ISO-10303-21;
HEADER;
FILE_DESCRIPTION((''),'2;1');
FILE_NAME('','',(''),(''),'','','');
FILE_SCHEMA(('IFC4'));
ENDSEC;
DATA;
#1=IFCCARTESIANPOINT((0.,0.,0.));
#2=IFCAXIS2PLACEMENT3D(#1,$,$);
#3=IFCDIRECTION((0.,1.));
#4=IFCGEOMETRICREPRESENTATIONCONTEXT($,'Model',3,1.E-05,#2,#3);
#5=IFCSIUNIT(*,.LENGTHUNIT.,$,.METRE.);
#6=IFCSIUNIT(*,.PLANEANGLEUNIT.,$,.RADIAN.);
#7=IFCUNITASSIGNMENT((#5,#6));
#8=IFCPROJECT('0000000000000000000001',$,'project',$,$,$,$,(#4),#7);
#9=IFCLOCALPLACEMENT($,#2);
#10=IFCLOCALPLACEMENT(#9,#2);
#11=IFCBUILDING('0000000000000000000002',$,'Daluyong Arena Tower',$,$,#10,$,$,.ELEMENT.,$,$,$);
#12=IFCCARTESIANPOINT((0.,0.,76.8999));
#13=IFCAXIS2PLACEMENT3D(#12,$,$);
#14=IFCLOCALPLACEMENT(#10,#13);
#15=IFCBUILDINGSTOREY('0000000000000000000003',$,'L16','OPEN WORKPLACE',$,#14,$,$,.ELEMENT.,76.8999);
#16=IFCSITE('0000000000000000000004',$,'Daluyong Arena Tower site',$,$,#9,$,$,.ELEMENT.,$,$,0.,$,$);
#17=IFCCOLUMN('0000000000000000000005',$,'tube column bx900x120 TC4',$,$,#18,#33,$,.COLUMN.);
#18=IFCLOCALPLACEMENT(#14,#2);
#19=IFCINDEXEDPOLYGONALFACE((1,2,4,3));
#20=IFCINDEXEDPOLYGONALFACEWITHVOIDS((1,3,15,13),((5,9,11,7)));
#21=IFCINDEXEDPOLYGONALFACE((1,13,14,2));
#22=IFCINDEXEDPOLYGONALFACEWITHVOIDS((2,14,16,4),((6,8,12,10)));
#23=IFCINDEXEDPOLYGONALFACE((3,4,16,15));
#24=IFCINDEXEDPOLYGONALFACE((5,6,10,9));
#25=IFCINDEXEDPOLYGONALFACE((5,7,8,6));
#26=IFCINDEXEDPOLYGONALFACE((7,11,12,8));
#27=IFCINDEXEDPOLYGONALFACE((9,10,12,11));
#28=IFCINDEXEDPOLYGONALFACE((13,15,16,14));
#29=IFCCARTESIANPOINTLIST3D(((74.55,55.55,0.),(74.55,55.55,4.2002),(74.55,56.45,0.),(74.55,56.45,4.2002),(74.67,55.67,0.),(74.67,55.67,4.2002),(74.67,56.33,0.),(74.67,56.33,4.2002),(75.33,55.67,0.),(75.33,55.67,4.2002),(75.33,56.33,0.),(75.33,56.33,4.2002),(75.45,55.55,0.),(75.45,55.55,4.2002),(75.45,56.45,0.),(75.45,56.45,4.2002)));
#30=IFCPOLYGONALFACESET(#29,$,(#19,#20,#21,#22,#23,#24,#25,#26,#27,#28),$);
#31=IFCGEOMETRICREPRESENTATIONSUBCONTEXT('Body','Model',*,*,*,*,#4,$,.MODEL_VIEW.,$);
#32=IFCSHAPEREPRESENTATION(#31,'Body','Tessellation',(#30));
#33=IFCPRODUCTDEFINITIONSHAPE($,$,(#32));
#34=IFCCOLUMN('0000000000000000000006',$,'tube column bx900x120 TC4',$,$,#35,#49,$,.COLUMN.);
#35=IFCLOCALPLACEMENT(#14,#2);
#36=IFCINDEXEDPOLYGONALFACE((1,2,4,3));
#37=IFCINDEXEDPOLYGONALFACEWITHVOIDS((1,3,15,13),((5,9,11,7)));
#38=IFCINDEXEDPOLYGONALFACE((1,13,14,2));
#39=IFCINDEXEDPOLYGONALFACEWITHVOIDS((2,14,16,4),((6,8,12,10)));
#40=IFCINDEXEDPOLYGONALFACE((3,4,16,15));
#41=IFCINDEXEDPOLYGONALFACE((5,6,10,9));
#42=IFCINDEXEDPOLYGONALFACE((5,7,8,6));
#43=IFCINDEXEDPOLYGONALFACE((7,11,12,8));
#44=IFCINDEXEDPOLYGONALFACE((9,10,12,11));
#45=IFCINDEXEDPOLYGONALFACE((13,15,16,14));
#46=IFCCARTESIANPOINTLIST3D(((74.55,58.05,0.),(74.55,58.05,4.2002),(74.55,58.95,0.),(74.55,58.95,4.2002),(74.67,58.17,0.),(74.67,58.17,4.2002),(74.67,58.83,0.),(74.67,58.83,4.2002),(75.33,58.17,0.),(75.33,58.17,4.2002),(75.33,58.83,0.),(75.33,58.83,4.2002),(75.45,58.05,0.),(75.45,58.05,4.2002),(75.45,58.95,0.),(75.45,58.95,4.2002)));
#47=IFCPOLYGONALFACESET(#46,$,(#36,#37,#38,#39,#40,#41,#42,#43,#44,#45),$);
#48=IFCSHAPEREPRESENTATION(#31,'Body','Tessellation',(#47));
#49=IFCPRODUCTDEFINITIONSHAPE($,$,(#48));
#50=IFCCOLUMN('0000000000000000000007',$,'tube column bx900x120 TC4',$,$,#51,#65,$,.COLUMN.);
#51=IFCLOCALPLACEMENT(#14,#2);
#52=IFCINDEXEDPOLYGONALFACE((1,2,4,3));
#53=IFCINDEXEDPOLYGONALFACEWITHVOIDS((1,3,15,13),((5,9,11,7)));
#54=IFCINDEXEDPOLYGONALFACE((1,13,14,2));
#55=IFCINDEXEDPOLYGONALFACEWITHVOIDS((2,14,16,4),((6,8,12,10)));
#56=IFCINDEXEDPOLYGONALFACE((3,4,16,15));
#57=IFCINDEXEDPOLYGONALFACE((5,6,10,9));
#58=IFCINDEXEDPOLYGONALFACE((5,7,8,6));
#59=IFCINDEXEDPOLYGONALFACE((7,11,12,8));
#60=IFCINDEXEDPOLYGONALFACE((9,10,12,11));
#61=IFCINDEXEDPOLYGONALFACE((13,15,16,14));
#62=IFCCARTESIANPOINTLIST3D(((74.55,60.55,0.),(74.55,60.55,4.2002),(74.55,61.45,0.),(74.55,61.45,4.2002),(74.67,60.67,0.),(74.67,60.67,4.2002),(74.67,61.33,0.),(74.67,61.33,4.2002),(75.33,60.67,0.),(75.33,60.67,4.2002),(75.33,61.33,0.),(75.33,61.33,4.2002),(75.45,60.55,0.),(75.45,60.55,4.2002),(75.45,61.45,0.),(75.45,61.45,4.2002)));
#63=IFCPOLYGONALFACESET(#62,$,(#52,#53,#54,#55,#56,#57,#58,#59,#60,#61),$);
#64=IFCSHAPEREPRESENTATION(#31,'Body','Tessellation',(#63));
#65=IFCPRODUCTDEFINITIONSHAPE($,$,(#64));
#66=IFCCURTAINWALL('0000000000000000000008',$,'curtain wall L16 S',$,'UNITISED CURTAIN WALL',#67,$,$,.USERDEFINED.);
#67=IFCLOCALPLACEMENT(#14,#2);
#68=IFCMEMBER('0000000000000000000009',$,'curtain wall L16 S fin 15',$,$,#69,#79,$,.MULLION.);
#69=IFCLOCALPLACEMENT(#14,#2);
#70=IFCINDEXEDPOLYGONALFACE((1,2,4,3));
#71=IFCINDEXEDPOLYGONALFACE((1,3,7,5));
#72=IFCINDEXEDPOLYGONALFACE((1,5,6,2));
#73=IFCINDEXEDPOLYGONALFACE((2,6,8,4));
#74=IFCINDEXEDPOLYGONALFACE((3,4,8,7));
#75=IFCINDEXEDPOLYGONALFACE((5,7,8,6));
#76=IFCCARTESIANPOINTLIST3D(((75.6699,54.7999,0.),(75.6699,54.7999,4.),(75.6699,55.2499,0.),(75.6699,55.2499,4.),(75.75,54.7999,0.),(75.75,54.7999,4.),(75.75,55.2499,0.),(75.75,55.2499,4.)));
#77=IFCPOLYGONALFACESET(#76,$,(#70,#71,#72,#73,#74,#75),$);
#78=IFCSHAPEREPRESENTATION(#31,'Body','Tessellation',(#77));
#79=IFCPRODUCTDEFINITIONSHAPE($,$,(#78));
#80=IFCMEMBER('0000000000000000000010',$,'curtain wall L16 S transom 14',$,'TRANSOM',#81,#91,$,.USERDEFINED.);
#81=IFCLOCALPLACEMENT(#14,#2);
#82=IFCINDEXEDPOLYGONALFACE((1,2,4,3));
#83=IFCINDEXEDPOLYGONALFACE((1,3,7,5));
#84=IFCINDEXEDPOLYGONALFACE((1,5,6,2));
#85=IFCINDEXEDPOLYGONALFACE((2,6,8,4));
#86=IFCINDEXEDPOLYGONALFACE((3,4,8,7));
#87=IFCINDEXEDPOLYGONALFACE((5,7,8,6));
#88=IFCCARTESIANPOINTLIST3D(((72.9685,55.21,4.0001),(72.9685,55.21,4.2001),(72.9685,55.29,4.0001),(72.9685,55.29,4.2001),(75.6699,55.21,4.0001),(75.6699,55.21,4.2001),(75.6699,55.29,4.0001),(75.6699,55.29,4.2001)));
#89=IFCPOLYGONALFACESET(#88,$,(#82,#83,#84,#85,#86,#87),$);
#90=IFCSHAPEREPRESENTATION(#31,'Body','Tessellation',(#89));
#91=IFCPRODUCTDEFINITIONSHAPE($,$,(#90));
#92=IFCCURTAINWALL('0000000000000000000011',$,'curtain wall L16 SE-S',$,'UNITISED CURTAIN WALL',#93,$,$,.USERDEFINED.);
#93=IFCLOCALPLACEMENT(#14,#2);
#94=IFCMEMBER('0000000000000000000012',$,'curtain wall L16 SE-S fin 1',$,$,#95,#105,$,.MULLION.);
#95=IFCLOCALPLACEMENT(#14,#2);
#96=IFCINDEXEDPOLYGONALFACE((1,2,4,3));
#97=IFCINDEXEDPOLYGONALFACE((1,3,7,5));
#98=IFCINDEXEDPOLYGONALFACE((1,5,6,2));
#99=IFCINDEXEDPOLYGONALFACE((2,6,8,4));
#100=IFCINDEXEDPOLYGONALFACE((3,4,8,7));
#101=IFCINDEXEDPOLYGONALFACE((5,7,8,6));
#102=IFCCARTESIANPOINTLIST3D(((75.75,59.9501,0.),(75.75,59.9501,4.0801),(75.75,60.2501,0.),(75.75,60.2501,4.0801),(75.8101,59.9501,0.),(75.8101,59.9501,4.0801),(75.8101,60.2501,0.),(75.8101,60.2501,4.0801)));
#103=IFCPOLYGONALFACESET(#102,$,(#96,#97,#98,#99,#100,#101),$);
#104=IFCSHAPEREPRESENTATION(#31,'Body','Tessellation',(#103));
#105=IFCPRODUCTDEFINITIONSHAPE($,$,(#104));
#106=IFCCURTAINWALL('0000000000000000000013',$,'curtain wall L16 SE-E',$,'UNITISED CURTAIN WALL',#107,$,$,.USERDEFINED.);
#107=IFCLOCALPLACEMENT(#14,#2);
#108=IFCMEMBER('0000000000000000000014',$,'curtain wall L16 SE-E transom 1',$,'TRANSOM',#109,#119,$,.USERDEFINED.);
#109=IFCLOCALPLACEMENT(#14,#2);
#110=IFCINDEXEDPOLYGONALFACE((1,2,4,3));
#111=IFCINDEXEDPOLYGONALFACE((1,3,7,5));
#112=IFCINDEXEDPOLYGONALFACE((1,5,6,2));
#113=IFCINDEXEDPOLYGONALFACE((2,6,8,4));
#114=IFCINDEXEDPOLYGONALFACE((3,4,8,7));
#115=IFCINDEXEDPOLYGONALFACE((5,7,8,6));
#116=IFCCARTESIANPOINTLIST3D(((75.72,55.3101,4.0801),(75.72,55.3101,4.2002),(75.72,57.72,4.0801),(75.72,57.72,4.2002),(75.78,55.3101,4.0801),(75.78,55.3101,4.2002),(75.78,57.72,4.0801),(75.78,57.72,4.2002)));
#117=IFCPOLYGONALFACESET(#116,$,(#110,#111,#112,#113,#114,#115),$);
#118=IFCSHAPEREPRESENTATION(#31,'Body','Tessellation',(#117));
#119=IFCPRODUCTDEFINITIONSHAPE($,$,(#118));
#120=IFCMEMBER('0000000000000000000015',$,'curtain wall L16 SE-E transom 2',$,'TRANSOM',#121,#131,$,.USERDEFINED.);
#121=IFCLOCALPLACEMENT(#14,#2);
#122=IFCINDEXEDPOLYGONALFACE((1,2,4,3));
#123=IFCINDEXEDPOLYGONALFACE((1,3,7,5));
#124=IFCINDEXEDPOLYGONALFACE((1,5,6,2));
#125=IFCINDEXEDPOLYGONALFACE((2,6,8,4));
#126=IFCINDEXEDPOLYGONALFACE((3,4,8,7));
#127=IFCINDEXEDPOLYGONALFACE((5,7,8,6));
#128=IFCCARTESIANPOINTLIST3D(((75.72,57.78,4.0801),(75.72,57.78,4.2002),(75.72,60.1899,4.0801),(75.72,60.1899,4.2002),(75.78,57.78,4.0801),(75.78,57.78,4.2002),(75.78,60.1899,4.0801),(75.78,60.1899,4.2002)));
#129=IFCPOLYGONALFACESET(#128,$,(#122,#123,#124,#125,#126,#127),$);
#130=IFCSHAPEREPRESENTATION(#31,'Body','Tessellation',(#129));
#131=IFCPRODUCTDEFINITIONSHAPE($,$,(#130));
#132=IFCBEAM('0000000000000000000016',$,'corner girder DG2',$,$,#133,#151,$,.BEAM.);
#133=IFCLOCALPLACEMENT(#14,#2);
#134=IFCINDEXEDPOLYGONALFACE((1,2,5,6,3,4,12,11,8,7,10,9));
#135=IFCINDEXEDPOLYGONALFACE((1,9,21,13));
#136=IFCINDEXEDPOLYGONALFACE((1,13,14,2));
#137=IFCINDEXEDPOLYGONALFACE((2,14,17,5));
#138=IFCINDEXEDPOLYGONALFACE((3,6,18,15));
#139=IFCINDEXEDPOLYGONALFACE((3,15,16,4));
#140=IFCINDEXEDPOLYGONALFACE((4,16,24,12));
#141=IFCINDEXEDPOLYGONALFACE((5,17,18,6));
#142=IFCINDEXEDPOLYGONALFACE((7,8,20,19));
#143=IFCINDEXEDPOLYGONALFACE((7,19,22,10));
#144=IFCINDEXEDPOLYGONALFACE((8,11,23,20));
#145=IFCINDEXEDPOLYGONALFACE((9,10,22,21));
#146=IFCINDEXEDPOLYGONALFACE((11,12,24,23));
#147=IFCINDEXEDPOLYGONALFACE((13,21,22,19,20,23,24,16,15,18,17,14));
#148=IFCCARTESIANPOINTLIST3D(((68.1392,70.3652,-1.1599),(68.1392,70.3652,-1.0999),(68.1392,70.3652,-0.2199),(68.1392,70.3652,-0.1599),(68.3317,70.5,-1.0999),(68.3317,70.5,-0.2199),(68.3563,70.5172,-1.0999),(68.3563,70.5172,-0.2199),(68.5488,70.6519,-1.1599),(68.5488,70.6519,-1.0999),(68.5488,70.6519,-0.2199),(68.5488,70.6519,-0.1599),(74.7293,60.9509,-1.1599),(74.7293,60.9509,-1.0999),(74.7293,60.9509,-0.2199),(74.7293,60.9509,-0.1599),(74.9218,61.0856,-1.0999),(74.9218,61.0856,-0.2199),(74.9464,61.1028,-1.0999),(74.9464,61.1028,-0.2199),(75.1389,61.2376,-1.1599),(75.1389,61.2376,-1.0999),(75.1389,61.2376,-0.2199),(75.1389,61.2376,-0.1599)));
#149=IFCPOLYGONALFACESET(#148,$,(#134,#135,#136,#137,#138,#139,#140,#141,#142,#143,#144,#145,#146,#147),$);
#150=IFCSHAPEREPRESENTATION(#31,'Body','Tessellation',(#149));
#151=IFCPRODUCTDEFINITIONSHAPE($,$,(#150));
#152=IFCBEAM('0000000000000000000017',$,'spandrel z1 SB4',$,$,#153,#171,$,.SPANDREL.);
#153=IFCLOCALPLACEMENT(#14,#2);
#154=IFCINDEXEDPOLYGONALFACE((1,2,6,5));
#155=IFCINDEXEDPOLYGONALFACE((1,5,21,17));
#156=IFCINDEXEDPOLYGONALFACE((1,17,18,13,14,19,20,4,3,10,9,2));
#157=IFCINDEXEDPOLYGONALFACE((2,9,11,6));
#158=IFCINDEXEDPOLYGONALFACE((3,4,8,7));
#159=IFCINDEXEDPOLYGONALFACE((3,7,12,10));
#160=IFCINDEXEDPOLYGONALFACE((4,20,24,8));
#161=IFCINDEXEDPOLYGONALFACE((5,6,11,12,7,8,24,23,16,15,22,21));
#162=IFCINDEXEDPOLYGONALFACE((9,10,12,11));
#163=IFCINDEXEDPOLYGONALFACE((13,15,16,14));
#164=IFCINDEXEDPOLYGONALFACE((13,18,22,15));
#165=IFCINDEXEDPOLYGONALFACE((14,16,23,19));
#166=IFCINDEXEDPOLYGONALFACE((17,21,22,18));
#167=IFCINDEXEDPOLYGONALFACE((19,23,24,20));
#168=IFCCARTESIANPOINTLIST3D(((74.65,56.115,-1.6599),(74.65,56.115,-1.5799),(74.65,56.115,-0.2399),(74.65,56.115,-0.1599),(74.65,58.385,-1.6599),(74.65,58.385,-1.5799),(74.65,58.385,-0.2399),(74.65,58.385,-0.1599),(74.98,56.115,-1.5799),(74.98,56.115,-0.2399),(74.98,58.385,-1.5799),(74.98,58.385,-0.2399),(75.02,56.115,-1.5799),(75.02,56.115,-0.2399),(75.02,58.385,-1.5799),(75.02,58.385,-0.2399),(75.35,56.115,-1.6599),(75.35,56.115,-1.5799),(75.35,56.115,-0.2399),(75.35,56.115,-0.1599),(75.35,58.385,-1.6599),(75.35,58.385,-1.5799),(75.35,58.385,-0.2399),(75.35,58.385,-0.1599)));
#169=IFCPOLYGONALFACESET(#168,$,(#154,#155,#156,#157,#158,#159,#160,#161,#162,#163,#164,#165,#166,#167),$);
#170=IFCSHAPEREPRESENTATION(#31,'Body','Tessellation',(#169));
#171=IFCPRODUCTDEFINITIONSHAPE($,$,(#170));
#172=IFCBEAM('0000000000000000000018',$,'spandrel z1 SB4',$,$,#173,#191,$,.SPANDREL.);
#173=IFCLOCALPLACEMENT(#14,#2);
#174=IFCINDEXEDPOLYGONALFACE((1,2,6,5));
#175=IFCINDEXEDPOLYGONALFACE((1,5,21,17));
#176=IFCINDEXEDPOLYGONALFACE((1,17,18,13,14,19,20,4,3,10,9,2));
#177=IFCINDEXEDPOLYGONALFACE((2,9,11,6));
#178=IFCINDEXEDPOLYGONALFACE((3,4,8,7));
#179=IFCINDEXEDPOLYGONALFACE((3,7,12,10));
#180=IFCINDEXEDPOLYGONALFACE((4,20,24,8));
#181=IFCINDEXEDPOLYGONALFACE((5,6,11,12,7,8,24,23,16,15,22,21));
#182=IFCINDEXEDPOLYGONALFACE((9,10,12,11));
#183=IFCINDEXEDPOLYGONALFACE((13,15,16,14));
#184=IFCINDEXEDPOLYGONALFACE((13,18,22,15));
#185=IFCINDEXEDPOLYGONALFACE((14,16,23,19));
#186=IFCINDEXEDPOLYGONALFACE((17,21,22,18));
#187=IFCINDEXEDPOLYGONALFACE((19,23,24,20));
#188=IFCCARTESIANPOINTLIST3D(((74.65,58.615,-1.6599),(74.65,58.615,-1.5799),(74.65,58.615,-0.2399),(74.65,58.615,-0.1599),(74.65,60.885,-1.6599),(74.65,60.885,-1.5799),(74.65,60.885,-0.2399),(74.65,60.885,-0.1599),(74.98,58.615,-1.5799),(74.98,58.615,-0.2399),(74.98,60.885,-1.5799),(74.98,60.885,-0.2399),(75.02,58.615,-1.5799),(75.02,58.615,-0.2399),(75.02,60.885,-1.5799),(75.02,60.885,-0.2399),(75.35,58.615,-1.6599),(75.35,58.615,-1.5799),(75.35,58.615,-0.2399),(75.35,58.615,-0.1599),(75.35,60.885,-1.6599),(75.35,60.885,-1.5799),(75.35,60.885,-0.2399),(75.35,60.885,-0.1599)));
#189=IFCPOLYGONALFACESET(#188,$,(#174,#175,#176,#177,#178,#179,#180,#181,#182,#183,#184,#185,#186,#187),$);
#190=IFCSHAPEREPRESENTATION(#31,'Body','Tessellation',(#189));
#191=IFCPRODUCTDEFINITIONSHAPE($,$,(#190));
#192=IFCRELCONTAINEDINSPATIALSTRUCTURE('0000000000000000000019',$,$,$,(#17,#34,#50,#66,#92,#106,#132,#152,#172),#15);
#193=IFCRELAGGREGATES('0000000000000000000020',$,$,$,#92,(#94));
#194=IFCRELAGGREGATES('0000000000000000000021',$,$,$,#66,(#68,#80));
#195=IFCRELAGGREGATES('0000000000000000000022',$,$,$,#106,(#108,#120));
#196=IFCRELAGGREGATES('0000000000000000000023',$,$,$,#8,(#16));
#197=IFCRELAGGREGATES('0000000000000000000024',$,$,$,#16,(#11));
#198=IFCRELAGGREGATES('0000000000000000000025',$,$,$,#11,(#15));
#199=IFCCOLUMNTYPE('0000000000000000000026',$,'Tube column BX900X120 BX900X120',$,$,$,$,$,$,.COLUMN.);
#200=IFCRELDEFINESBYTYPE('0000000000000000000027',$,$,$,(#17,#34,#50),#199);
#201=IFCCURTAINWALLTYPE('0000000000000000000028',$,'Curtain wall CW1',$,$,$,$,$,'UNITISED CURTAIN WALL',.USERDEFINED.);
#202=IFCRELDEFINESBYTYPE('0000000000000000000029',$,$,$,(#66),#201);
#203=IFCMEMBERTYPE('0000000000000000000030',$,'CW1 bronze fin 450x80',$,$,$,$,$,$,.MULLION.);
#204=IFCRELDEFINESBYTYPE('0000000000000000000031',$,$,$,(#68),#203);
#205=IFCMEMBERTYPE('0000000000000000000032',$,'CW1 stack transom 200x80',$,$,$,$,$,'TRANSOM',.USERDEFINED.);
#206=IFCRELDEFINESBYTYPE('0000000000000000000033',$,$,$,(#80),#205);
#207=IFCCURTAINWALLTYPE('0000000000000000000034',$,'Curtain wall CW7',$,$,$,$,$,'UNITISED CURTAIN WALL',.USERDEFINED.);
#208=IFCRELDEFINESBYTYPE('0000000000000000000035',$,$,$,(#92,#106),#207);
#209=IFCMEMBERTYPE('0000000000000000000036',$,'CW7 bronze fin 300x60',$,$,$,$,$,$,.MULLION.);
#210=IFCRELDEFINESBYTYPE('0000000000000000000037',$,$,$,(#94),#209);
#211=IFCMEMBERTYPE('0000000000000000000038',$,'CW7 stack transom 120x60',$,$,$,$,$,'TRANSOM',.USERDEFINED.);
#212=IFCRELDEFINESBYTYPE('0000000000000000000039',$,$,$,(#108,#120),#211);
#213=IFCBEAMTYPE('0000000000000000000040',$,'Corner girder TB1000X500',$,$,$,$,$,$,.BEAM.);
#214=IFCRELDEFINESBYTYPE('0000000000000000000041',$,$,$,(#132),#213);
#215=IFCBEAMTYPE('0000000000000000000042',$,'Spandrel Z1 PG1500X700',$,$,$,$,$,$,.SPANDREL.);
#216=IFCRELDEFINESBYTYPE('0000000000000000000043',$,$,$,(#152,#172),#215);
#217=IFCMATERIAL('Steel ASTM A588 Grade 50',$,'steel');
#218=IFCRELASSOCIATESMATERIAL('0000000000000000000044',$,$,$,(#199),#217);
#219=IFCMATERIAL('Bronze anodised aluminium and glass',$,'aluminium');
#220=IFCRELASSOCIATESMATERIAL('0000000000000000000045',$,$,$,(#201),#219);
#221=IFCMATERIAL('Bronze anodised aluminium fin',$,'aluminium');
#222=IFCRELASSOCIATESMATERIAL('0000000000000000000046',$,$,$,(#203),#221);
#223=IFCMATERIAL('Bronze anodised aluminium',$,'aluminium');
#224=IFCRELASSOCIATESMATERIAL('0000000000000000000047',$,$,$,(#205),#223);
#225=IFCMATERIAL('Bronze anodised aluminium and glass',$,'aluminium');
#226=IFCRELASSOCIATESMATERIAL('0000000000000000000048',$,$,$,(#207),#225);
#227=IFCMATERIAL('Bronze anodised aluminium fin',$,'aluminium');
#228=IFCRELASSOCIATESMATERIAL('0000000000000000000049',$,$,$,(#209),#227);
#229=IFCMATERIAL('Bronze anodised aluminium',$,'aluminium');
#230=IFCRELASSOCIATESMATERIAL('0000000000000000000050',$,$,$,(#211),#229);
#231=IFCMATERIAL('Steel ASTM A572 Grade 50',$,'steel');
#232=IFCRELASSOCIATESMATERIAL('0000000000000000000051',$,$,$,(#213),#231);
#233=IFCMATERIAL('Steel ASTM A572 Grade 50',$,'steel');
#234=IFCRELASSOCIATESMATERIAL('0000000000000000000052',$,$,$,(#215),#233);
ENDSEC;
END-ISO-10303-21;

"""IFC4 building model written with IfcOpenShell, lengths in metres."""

from ifc_helpers import new_model, si_unit, direction, frame, origin, origin_2d, place, context, subcontext, project, spatial, rectangle, hollow_rectangle, i_section, extrude, material, material_profile, profile_set, type_object, element, aggregate, save


model = new_model("IFC4")

# Units and contexts
model_context = context("Model", 3, precision=1e-05, world=origin(), true_north=direction((0.0, 1.0)))
body_context = subcontext(model_context, "Body", "Model", "MODEL_VIEW")
ifc_project = project(units=[si_unit("LENGTHUNIT", "METRE"), si_unit("PLANEANGLEUNIT", "RADIAN")], contexts=[model_context])

# Site, building, storey
site_placement = place(None, origin())
site = spatial("IfcSite", under=ifc_project, at=site_placement, Name="Daluyong Arena Tower site", CompositionType="ELEMENT", RefElevation=0.0)
building_placement = place(site_placement, origin())
building = spatial("IfcBuilding", under=site, at=building_placement, Name="Daluyong Arena Tower", CompositionType="ELEMENT")
storey_placement = place(building_placement, frame((0.0, 0.0, 76.8999)))
storey = spatial("IfcBuildingStorey", under=building, at=storey_placement, Name="L16", Description="OPEN WORKPLACE", CompositionType="ELEMENT", Elevation=76.8999)

# Columns
ifc_material_1 = material(Name="Steel ASTM A588 Grade 50", Category="steel")
ifc_material_profile_1 = material_profile(ifc_material_1, hollow_rectangle(XDim=0.8999, YDim=0.8999, WallThickness=0.12, at=origin_2d()))
ifc_profile_set_1 = profile_set([ifc_material_profile_1], Name="Steel ASTM A588 Grade 50")
column_type = type_object("IfcColumnType", Name="Tube column BX900X120 BX900X120", PredefinedType="COLUMN", material=ifc_profile_set_1)
for number, where, z_axis, x_axis, name in (
    (1, (75.0, 56.0, 0.0), (0.0, 0.0, 1.0), (0.0, 1.0, 0.0), "tube column bx900x120 TC4"),
    (2, (75.0, 58.5, 0.0), (0.0, 0.0, 1.0), (0.0, 1.0, 0.0), "tube column bx900x120 TC4"),
    (3, (75.0, 61.0, 0.0), (0.0, 0.0, 1.0), (1.0, 0.0, 0.0), "tube column bx900x120 TC4"),
):
    element("IfcColumn", number, at=place(storey_placement, frame(where, z_axis=z_axis, x_axis=x_axis)), inside=storey, type_object=column_type, Name=name, PredefinedType="COLUMN", context=body_context, shape_type="SweptSolid", body=[
        extrude(hollow_rectangle(XDim=0.8999, YDim=0.8999, WallThickness=0.12, at=origin_2d()), origin(), (0.0, 0.0, 1.0), 4.2002),
    ])

# Curtain wall, members
ifc_material_2 = material(Name="Bronze anodised aluminium and glass", Category="aluminium")
curtain_wall_type_1 = type_object("IfcCurtainWallType", Name="Curtain wall CW1", ElementType="UNITISED CURTAIN WALL", PredefinedType="USERDEFINED", material=ifc_material_2)
curtain_wall_1_placement = place(storey_placement, origin())
curtain_wall_1 = element("IfcCurtainWall", 4, at=curtain_wall_1_placement, inside=storey, type_object=curtain_wall_type_1, Name="curtain wall L16 S", ObjectType="UNITISED CURTAIN WALL", PredefinedType="USERDEFINED")
ifc_material_3 = material(Name="Bronze anodised aluminium fin", Category="aluminium")
ifc_material_profile_2 = material_profile(ifc_material_3, rectangle(XDim=0.45, YDim=0.0801, at=origin_2d()))
ifc_profile_set_2 = profile_set([ifc_material_profile_2], Name="Bronze anodised aluminium fin")
member_type_1 = type_object("IfcMemberType", Name="CW1 bronze fin 450x80", PredefinedType="MULLION", material=ifc_profile_set_2)
member_1_placement = place(storey_placement, frame((75.71, 55.0249, 0.0), z_axis=(0.0, 0.0, 1.0), x_axis=(0.0, 1.0, 0.0)))
member_1 = element("IfcMember", 5, at=member_1_placement, type_object=member_type_1, Name="curtain wall L16 S fin 15", PredefinedType="MULLION", context=body_context, shape_type="SweptSolid", body=[
    extrude(rectangle(XDim=0.45, YDim=0.0801, at=origin_2d()), origin(), (0.0, 0.0, 1.0), 4.0),
])
ifc_material_4 = material(Name="Bronze anodised aluminium", Category="aluminium")
ifc_material_profile_3 = material_profile(ifc_material_4, rectangle(XDim=0.0801, YDim=0.2, at=origin_2d()))
ifc_profile_set_3 = profile_set([ifc_material_profile_3], Name="Bronze anodised aluminium")
member_type_2 = type_object("IfcMemberType", Name="CW1 stack transom 200x80", ElementType="TRANSOM", PredefinedType="USERDEFINED", material=ifc_profile_set_3)
member_2_placement = place(storey_placement, frame((72.9685, 55.25, 4.1001), z_axis=(1.0, 0.0, 0.0), x_axis=(0.0, 1.0, 0.0)))
member_2 = element("IfcMember", 6, at=member_2_placement, type_object=member_type_2, Name="curtain wall L16 S transom 14", ObjectType="TRANSOM", PredefinedType="USERDEFINED", context=body_context, shape_type="SweptSolid", body=[
    extrude(rectangle(XDim=0.0801, YDim=0.2, at=origin_2d()), origin(), (0.0, 0.0, 1.0), 2.7014),
])

# Curtain wall, member
ifc_material_5 = material(Name="Bronze anodised aluminium and glass", Category="aluminium")
curtain_wall_type_2 = type_object("IfcCurtainWallType", Name="Curtain wall CW7", ElementType="UNITISED CURTAIN WALL", PredefinedType="USERDEFINED", material=ifc_material_5)
curtain_wall_2_placement = place(storey_placement, origin())
curtain_wall_2 = element("IfcCurtainWall", 7, at=curtain_wall_2_placement, inside=storey, type_object=curtain_wall_type_2, Name="curtain wall L16 SE-S", ObjectType="UNITISED CURTAIN WALL", PredefinedType="USERDEFINED")
ifc_material_6 = material(Name="Bronze anodised aluminium fin", Category="aluminium")
ifc_material_profile_4 = material_profile(ifc_material_6, rectangle(XDim=0.3, YDim=0.0601, at=origin_2d()))
ifc_profile_set_4 = profile_set([ifc_material_profile_4], Name="Bronze anodised aluminium fin")
member_type_3 = type_object("IfcMemberType", Name="CW7 bronze fin 300x60", PredefinedType="MULLION", material=ifc_profile_set_4)
member_3_placement = place(storey_placement, frame((75.78, 60.1001, 0.0), z_axis=(0.0, 0.0, 1.0), x_axis=(0.0, 1.0, 0.0)))
member_3 = element("IfcMember", 8, at=member_3_placement, type_object=member_type_3, Name="curtain wall L16 SE-S fin 1", PredefinedType="MULLION", context=body_context, shape_type="SweptSolid", body=[
    extrude(rectangle(XDim=0.3, YDim=0.0601, at=origin_2d()), origin(), (0.0, 0.0, 1.0), 4.0801),
])
aggregate(curtain_wall_2, [member_3])

# Curtain wall, members
curtain_wall_3_placement = place(storey_placement, origin())
curtain_wall_3 = element("IfcCurtainWall", 9, at=curtain_wall_3_placement, inside=storey, type_object=curtain_wall_type_2, Name="curtain wall L16 SE-E", ObjectType="UNITISED CURTAIN WALL", PredefinedType="USERDEFINED")
ifc_material_7 = material(Name="Bronze anodised aluminium", Category="aluminium")
ifc_material_profile_5 = material_profile(ifc_material_7, rectangle(XDim=0.0601, YDim=0.1201, at=origin_2d()))
ifc_profile_set_5 = profile_set([ifc_material_profile_5], Name="Bronze anodised aluminium")
member_type_4 = type_object("IfcMemberType", Name="CW7 stack transom 120x60", ElementType="TRANSOM", PredefinedType="USERDEFINED", material=ifc_profile_set_5)
member_4_placement = place(storey_placement, frame((75.75, 55.3101, 4.1401), z_axis=(0.0, 1.0, 0.0), x_axis=(-1.0, 0.0, 0.0)))
member_4 = element("IfcMember", 10, at=member_4_placement, type_object=member_type_4, Name="curtain wall L16 SE-E transom 1", ObjectType="TRANSOM", PredefinedType="USERDEFINED", context=body_context, shape_type="SweptSolid", body=[
    extrude(rectangle(XDim=0.0601, YDim=0.1201, at=origin_2d()), origin(), (0.0, 0.0, 1.0), 2.4099),
])
member_5_placement = place(storey_placement, frame((75.75, 57.78, 4.1401), z_axis=(0.0, 1.0, 0.0), x_axis=(-1.0, 0.0, 0.0)))
member_5 = element("IfcMember", 11, at=member_5_placement, type_object=member_type_4, Name="curtain wall L16 SE-E transom 2", ObjectType="TRANSOM", PredefinedType="USERDEFINED", context=body_context, shape_type="SweptSolid", body=[
    extrude(rectangle(XDim=0.0601, YDim=0.1201, at=origin_2d()), origin(), (0.0, 0.0, 1.0), 2.4099),
])

# Beams
ifc_material_8 = material(Name="Steel ASTM A572 Grade 50", Category="steel")
ifc_material_profile_6 = material_profile(ifc_material_8, i_section(OverallWidth=0.5, OverallDepth=1.0, WebThickness=0.03, FlangeThickness=0.06, at=origin_2d()))
ifc_profile_set_6 = profile_set([ifc_material_profile_6], Name="Steel ASTM A572 Grade 50")
beam_type_1 = type_object("IfcBeamType", Name="Corner girder TB1000X500", PredefinedType="BEAM", material=ifc_profile_set_6)
beam_placement = place(storey_placement, frame((74.9341, 61.0942, -0.6599), z_axis=(-0.573467, 0.819229, 0.0), x_axis=(-0.819229, -0.573467, 0.0)))
element("IfcBeam", 12, at=beam_placement, inside=storey, type_object=beam_type_1, Name="corner girder DG2", PredefinedType="BEAM", context=body_context, shape_type="SweptSolid", body=[
    extrude(i_section(OverallWidth=0.5, OverallDepth=1.0, WebThickness=0.03, FlangeThickness=0.06, at=origin_2d()), origin(), (0.0, 0.0, 1.0), 11.4917),
])
ifc_material_9 = material(Name="Steel ASTM A572 Grade 50", Category="steel")
ifc_material_profile_7 = material_profile(ifc_material_9, i_section(OverallWidth=0.7, OverallDepth=1.5, WebThickness=0.04, FlangeThickness=0.08, at=origin_2d()))
ifc_profile_set_7 = profile_set([ifc_material_profile_7], Name="Steel ASTM A572 Grade 50")
beam_type_2 = type_object("IfcBeamType", Name="Spandrel Z1 PG1500X700", PredefinedType="SPANDREL", material=ifc_profile_set_7)
for number, where, z_axis, x_axis, name in (
    (13, (75.0, 56.115, -0.9099), (0.0, 1.0, 0.0), (-1.0, 0.0, 0.0), "spandrel z1 SB4"),
    (14, (75.0, 58.615, -0.9099), (0.0, 1.0, 0.0), (-1.0, 0.0, 0.0), "spandrel z1 SB4"),
):
    element("IfcBeam", number, at=place(storey_placement, frame(where, z_axis=z_axis, x_axis=x_axis)), inside=storey, type_object=beam_type_2, Name=name, PredefinedType="SPANDREL", context=body_context, shape_type="SweptSolid", body=[
        extrude(i_section(OverallWidth=0.7, OverallDepth=1.5, WebThickness=0.04, FlangeThickness=0.08, at=origin_2d()), origin(), (0.0, 0.0, 1.0), 2.27),
    ])

aggregate(curtain_wall_1, [member_1, member_2])
aggregate(curtain_wall_3, [member_4, member_5])

save(model, "model.ifc")
